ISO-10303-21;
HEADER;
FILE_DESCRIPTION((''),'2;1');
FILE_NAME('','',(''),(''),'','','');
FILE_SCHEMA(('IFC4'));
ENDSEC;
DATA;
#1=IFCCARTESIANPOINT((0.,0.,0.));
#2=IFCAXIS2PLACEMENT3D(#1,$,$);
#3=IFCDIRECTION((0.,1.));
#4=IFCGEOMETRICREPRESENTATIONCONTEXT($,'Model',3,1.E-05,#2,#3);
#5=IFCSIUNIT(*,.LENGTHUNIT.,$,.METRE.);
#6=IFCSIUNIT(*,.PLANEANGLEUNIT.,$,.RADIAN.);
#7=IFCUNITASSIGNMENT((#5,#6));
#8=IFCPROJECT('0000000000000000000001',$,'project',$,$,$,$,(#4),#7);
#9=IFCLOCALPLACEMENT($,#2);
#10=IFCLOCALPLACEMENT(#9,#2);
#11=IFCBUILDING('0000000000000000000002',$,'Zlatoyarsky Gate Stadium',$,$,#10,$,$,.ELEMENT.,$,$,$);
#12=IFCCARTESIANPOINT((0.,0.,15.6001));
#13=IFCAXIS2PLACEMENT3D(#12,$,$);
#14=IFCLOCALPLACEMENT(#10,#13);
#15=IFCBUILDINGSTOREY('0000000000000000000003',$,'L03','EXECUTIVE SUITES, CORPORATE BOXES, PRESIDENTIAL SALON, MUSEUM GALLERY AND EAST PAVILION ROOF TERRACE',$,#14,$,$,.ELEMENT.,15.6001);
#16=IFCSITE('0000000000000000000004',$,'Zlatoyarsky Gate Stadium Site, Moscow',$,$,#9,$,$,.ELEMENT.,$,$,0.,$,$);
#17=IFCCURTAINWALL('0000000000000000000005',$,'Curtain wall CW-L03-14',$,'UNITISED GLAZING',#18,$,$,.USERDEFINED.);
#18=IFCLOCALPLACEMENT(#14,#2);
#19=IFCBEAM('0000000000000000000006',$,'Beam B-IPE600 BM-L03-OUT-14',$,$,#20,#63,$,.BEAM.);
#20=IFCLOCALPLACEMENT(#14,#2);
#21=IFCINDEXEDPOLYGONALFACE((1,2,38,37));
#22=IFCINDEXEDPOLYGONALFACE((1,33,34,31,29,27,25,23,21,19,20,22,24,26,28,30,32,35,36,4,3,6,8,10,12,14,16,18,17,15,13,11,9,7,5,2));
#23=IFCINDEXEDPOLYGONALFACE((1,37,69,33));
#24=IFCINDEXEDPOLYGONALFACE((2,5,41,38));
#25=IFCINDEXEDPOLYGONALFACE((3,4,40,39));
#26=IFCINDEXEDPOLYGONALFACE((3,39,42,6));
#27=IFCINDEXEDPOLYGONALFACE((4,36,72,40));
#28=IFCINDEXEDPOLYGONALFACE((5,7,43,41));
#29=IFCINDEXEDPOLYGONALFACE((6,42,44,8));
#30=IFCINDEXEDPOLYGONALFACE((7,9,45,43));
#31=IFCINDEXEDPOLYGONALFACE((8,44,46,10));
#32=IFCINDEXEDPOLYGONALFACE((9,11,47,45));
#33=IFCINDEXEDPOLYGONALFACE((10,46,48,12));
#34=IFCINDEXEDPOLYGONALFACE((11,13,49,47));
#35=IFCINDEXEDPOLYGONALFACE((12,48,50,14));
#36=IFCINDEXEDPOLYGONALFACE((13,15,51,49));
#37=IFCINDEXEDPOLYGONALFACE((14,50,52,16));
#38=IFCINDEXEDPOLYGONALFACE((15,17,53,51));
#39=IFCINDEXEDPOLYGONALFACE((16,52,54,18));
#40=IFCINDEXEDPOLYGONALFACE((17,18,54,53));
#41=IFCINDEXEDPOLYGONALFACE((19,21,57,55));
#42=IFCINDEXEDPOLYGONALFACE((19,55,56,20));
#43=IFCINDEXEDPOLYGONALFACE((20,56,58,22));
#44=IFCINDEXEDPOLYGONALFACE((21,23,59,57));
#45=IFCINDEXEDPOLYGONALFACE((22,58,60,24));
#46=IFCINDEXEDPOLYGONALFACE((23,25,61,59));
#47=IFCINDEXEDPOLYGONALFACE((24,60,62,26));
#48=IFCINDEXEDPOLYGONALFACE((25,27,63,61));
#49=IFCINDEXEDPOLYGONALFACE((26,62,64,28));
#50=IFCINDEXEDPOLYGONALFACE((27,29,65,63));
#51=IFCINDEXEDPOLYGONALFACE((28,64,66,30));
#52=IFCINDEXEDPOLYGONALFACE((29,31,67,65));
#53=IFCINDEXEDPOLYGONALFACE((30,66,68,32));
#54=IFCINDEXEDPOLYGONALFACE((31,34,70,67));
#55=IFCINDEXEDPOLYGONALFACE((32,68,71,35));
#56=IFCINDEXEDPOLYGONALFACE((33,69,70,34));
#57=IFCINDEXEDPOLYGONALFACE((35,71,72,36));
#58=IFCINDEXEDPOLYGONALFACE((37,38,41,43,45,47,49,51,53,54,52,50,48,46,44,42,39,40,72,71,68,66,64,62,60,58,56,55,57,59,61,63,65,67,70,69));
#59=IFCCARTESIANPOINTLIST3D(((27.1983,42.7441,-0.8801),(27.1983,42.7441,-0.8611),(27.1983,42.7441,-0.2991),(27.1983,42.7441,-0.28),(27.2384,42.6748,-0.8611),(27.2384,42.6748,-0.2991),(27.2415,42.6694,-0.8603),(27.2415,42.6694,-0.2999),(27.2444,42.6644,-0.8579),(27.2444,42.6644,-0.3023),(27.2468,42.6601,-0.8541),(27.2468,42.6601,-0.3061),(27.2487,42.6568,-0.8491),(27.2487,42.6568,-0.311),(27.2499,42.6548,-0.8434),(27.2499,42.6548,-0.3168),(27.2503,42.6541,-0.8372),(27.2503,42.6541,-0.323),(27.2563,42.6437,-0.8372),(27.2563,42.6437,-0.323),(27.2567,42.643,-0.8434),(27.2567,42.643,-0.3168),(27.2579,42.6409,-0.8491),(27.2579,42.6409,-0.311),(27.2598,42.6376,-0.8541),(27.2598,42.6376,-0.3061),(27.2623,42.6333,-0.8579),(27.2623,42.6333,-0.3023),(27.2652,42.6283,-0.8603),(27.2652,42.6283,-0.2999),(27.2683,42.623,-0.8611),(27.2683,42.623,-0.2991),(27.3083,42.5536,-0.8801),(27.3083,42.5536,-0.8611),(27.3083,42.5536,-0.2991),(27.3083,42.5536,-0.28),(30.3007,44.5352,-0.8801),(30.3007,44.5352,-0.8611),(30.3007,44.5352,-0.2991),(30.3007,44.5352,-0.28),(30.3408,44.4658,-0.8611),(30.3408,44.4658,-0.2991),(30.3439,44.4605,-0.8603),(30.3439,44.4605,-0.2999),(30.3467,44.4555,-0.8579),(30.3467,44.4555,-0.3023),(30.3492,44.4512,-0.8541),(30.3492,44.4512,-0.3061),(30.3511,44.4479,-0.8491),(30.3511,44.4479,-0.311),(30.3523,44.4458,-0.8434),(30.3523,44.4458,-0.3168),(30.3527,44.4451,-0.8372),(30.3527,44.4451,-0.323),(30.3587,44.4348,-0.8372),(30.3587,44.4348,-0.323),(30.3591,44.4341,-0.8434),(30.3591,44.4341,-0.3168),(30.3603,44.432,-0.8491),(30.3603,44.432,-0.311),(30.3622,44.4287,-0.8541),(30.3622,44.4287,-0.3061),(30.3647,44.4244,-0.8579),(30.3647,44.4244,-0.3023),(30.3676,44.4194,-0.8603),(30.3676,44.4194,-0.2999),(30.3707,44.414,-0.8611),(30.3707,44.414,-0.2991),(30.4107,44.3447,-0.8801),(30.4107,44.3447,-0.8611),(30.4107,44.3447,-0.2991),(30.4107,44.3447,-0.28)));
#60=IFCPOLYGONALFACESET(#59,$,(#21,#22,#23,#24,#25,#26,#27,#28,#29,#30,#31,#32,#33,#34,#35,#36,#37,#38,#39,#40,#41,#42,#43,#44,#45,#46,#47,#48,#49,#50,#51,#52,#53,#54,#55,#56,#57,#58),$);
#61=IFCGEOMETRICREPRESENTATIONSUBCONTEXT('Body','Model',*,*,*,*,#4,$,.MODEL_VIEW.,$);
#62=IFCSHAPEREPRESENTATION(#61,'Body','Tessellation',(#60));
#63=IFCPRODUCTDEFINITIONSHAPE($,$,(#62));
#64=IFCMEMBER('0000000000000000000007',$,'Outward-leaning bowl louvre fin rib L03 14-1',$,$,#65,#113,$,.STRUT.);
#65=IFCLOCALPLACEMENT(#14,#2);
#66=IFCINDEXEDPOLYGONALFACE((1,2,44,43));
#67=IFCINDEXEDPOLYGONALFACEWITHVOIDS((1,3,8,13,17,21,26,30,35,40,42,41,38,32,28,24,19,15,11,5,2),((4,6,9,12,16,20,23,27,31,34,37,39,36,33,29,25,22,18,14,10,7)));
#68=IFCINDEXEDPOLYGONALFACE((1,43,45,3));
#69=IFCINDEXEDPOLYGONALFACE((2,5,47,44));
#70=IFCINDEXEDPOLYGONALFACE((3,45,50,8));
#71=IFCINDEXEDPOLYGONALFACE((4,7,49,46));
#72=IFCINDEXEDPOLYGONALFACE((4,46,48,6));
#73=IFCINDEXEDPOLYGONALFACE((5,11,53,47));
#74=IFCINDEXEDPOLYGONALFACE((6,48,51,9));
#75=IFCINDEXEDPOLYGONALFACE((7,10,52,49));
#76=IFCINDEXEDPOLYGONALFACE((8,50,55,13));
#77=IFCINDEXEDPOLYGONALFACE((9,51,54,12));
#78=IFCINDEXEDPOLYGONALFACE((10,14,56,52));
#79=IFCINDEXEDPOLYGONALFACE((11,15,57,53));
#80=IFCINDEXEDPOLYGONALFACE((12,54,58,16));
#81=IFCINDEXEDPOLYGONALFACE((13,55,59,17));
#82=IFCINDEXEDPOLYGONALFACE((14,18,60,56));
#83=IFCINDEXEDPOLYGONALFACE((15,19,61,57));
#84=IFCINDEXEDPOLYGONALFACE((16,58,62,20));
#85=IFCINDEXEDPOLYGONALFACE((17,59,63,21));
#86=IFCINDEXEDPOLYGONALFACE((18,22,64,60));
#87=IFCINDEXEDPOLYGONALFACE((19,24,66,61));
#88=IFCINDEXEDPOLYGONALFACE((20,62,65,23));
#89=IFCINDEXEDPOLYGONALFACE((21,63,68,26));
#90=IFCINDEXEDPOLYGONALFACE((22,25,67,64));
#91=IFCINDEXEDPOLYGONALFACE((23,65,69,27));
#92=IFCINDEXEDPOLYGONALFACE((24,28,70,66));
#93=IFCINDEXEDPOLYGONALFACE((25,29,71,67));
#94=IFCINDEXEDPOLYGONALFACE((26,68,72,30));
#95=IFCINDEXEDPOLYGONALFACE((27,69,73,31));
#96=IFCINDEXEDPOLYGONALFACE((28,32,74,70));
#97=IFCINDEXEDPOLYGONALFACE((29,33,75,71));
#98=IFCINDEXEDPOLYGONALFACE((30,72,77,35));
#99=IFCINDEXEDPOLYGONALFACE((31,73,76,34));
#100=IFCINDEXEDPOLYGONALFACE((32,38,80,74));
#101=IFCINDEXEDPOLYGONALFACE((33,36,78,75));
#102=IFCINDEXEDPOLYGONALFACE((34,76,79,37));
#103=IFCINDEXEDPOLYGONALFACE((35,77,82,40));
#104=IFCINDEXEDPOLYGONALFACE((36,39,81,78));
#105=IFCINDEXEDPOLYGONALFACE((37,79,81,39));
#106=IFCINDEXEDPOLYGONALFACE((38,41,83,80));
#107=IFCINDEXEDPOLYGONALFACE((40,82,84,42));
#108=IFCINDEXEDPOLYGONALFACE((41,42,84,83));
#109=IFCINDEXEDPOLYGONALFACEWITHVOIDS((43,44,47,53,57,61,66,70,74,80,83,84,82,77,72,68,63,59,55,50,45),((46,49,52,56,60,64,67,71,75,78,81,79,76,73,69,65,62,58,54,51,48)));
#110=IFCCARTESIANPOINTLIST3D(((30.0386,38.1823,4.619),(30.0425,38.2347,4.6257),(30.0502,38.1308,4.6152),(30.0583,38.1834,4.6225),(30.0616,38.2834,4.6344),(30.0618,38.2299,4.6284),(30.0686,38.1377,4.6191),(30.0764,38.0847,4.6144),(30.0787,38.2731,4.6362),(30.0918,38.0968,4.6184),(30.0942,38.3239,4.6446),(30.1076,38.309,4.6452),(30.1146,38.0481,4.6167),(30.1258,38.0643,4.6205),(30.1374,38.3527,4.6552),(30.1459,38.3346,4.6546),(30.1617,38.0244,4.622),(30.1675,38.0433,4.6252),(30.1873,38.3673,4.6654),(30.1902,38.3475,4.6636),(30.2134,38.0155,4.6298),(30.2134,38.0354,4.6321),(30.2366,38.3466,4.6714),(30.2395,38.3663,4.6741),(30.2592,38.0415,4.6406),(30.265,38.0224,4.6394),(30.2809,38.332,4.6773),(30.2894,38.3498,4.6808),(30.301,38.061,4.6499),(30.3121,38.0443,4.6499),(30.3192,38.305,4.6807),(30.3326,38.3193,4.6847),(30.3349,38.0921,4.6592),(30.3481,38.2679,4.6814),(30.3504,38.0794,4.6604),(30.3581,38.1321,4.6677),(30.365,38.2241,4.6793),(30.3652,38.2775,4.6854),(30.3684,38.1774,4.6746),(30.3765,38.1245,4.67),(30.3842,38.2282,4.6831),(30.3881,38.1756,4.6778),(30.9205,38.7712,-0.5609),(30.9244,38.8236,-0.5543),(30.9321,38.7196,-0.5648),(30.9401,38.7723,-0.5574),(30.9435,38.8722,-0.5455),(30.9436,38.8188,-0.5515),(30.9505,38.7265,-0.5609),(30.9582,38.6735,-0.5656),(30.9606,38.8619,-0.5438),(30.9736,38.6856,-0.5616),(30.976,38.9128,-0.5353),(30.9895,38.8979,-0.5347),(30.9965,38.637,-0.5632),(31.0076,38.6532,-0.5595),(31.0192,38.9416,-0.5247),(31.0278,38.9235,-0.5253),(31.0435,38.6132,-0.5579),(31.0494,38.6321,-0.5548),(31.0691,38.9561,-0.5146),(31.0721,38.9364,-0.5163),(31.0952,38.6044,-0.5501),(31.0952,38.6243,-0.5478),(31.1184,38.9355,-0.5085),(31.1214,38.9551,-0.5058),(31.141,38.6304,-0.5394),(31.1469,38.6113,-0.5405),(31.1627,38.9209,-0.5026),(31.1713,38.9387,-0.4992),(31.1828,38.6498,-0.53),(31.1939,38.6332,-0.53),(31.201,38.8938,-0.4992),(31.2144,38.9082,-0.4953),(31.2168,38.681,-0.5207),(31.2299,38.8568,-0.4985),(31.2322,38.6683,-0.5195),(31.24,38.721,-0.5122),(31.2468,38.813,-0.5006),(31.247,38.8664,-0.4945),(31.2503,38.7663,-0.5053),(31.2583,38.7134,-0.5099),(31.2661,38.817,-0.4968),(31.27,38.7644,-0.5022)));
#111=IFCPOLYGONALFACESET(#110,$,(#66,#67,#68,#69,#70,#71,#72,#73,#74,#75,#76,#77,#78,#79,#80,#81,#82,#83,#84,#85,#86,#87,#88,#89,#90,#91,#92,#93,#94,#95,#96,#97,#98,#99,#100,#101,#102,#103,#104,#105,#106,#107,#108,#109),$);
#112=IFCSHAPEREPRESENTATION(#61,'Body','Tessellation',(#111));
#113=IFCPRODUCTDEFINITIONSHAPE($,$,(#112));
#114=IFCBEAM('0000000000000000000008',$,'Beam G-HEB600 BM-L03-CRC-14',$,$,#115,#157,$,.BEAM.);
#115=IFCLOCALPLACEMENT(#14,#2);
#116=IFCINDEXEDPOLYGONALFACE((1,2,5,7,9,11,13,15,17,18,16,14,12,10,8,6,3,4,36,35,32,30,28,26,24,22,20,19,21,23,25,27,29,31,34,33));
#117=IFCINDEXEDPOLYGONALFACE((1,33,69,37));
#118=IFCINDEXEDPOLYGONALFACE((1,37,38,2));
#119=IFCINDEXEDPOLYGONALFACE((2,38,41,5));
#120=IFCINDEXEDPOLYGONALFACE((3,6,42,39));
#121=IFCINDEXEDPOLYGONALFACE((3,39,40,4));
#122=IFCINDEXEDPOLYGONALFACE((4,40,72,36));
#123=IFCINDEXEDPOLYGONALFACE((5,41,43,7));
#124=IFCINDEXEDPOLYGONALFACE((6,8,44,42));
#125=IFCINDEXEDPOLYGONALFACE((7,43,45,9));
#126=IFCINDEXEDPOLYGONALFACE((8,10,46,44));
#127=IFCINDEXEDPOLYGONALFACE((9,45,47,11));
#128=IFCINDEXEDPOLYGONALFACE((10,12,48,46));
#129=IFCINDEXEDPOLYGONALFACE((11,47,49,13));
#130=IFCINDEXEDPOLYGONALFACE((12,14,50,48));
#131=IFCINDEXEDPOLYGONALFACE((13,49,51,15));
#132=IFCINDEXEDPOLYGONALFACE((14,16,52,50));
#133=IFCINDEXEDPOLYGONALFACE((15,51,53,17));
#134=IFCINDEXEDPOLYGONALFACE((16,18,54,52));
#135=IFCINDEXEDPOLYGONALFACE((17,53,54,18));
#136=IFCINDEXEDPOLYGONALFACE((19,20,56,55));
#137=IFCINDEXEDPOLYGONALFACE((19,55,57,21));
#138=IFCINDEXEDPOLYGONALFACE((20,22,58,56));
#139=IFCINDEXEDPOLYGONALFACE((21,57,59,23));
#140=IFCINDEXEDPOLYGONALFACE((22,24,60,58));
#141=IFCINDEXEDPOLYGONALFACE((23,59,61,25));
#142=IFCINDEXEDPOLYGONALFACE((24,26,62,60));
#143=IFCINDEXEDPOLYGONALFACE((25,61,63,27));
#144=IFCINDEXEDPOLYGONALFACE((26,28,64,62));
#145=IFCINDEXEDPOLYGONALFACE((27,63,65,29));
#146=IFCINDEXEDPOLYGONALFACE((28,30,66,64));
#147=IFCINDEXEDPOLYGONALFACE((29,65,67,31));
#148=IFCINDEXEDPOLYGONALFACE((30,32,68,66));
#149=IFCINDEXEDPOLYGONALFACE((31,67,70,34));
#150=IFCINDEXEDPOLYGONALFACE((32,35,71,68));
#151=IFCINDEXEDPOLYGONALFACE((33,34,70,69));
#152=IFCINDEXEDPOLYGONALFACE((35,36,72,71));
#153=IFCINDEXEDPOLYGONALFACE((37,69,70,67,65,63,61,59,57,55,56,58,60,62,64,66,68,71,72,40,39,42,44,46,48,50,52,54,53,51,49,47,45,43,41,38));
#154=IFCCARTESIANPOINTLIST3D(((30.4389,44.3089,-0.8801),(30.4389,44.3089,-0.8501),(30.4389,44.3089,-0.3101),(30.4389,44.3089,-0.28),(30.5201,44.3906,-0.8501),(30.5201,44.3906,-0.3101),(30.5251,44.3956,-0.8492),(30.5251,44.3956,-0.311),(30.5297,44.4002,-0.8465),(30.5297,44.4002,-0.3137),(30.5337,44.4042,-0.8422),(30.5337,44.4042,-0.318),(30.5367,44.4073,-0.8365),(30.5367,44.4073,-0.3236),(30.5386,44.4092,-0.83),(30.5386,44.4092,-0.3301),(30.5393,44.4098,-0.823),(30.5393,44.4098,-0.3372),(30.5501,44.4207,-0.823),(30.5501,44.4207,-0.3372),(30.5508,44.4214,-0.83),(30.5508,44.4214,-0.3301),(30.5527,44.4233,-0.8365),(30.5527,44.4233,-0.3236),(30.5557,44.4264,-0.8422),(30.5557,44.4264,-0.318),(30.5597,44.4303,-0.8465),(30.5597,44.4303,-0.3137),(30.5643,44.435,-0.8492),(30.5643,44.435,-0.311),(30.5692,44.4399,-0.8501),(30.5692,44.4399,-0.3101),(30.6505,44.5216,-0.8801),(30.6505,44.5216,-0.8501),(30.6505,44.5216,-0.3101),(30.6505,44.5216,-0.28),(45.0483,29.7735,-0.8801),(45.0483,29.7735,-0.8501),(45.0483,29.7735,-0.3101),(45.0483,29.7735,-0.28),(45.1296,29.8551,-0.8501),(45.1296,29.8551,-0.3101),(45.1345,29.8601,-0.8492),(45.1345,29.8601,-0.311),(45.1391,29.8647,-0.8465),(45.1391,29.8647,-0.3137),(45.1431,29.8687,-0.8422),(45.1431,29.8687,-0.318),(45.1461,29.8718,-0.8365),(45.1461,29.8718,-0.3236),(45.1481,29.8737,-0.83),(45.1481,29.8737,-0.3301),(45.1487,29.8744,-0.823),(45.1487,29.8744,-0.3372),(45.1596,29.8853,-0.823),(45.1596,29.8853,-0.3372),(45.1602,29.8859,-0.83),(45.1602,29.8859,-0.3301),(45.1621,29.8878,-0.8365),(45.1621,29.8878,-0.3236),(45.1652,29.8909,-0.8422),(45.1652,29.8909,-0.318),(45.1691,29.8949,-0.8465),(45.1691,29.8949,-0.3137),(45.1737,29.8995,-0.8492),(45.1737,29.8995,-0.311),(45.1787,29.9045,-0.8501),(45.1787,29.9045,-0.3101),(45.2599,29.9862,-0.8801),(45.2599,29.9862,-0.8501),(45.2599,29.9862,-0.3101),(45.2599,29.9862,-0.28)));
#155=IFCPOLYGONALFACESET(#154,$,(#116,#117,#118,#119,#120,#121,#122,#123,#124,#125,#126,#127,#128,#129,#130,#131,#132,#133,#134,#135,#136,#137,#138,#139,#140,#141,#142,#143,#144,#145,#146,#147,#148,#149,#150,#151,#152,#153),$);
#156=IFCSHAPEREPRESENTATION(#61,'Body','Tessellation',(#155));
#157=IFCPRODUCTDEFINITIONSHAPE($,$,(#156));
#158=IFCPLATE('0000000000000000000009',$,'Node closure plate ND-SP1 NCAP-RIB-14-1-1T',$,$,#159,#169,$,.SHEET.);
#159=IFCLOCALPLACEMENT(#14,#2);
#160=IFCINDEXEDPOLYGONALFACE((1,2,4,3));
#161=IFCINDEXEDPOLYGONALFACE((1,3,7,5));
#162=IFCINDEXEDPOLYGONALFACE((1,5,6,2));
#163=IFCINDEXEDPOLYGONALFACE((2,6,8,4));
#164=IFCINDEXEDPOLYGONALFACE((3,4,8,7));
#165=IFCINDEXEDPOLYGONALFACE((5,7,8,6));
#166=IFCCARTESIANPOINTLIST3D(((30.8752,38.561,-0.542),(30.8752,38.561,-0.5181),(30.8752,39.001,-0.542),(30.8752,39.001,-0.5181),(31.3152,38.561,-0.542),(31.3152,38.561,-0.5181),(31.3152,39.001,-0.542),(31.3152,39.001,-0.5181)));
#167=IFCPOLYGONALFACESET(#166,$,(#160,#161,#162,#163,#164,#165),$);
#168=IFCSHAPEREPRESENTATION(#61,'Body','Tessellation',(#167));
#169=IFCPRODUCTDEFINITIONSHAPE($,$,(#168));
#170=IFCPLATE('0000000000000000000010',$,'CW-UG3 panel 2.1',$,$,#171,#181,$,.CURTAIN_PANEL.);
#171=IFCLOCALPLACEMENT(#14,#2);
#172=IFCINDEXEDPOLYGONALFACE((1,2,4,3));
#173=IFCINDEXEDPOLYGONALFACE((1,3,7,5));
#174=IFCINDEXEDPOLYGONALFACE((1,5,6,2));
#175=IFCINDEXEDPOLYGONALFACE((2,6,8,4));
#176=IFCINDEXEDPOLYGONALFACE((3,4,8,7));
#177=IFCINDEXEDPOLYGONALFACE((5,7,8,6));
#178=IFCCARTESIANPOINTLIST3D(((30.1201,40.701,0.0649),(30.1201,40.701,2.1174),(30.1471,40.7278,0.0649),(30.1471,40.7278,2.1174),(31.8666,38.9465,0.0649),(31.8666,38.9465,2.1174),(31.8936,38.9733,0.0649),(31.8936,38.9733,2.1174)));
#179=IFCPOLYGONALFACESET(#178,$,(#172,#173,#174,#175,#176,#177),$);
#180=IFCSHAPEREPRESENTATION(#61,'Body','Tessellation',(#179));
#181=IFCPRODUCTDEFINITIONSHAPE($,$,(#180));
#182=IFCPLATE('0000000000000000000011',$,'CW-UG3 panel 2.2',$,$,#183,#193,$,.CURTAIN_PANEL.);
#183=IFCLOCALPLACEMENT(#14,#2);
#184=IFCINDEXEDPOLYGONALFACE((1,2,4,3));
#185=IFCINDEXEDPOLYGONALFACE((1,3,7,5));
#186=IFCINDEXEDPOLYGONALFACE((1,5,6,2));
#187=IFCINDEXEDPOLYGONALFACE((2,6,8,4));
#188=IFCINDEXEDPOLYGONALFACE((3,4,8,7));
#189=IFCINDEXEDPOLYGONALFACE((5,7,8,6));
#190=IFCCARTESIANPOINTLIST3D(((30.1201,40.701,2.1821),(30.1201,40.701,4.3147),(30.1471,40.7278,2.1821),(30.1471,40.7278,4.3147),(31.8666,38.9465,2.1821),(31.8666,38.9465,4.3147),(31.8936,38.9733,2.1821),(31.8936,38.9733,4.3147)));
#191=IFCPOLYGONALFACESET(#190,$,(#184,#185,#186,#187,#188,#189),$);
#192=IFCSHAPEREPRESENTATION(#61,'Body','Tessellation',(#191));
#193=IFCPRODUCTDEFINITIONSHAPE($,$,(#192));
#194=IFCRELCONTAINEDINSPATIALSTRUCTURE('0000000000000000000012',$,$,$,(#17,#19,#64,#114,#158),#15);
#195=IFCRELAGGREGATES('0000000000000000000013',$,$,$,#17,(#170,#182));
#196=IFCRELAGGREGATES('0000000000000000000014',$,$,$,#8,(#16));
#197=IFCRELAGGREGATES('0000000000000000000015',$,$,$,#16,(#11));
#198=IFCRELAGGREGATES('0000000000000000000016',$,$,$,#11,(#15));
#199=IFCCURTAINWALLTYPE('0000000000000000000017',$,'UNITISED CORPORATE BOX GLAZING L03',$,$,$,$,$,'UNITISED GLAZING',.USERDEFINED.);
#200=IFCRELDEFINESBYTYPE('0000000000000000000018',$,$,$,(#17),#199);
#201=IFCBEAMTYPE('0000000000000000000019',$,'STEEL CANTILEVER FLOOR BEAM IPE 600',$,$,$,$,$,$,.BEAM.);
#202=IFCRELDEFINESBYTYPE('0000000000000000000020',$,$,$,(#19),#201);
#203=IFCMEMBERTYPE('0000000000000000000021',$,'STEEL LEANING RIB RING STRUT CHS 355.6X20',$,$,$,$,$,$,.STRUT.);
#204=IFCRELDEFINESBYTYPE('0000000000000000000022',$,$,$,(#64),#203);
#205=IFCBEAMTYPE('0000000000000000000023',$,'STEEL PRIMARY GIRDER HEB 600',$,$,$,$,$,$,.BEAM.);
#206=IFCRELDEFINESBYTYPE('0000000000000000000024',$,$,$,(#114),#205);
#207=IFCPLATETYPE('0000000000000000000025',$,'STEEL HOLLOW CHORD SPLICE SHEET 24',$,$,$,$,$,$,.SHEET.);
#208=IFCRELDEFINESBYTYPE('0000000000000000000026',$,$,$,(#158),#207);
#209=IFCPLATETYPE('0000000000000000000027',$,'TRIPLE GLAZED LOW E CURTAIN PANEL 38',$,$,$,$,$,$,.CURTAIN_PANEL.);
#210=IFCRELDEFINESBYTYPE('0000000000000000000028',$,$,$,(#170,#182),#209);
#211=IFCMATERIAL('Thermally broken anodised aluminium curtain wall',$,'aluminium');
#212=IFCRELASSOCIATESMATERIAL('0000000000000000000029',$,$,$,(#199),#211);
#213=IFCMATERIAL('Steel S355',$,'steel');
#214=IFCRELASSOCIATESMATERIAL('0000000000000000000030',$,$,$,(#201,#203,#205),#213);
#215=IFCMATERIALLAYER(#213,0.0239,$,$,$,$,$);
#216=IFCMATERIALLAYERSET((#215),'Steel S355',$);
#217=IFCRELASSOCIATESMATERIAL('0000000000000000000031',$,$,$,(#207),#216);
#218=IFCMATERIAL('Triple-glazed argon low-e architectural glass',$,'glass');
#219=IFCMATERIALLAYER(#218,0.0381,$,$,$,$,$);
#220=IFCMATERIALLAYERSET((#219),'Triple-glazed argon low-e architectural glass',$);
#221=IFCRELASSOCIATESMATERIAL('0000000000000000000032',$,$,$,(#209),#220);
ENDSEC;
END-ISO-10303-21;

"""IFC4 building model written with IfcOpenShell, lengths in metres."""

from ifc_helpers import new_model, si_unit, direction, frame, origin, origin_2d, place, context, subcontext, project, spatial, rectangle, hollow_circle, i_section, extrude, material, layer, layer_set, material_profile, profile_set, type_object, element, aggregate, save


model = new_model("IFC4")

# Units and contexts
model_context = context("Model", 3, precision=1e-05, world=origin(), true_north=direction((0.0, 1.0)))
body_context = subcontext(model_context, "Body", "Model", "MODEL_VIEW")
ifc_project = project(units=[si_unit("LENGTHUNIT", "METRE"), si_unit("PLANEANGLEUNIT", "RADIAN")], contexts=[model_context])

# Site, building, storey
site_placement = place(None, origin())
site = spatial("IfcSite", under=ifc_project, at=site_placement, Name="Zlatoyarsky Gate Stadium Site, Moscow", CompositionType="ELEMENT", RefElevation=0.0)
building_placement = place(site_placement, origin())
building = spatial("IfcBuilding", under=site, at=building_placement, Name="Zlatoyarsky Gate Stadium", CompositionType="ELEMENT")
storey_placement = place(building_placement, frame((0.0, 0.0, 15.6001)))
storey = spatial("IfcBuildingStorey", under=building, at=storey_placement, Name="L03", Description="EXECUTIVE SUITES, CORPORATE BOXES, PRESIDENTIAL SALON, MUSEUM GALLERY AND EAST PAVILION ROOF TERRACE", CompositionType="ELEMENT", Elevation=15.6001)

# Shared definitions
ifc_material_1 = material(Name="Steel S355", Category="steel")

# Curtain wall
ifc_material_2 = material(Name="Thermally broken anodised aluminium curtain wall", Category="aluminium")
curtain_wall_type = type_object("IfcCurtainWallType", Name="UNITISED CORPORATE BOX GLAZING L03", ElementType="UNITISED GLAZING", PredefinedType="USERDEFINED", material=ifc_material_2)
curtain_wall_placement = place(storey_placement, origin())
curtain_wall = element("IfcCurtainWall", 1, at=curtain_wall_placement, inside=storey, type_object=curtain_wall_type, Name="Curtain wall CW-L03-14", ObjectType="UNITISED GLAZING", PredefinedType="USERDEFINED")

# Beam
ifc_material_profile_1 = material_profile(ifc_material_1, i_section(OverallWidth=0.22, OverallDepth=0.6001, WebThickness=0.012, FlangeThickness=0.019, FilletRadius=0.0239, at=origin_2d()), Name="IPE 600")
ifc_profile_set_1 = profile_set([ifc_material_profile_1], Name="Steel S355")
beam_type_1 = type_object("IfcBeamType", Name="STEEL CANTILEVER FLOOR BEAM IPE 600", PredefinedType="BEAM", material=ifc_profile_set_1)
beam_1_placement = place(storey_placement, frame((30.3557, 44.4399, -0.5801), z_axis=(-0.866037, -0.49998, 0.0), x_axis=(0.49998, -0.866037, 0.0)))
element("IfcBeam", 2, at=beam_1_placement, inside=storey, type_object=beam_type_1, Name="Beam B-IPE600 BM-L03-OUT-14", PredefinedType="BEAM", context=body_context, shape_type="SweptSolid", body=[
    extrude(i_section(OverallWidth=0.22, OverallDepth=0.6001, WebThickness=0.012, FlangeThickness=0.019, FilletRadius=0.0239, at=origin_2d()), origin(), (0.0, 0.0, 1.0), 3.5823),
])

# Member
ifc_material_profile_2 = material_profile(ifc_material_1, hollow_circle(Radius=0.1777, WallThickness=0.02, at=origin_2d()), Name="CHS 355.6X20")
ifc_profile_set_2 = profile_set([ifc_material_profile_2], Name="Steel S355")
member_type_1 = type_object("IfcMemberType", Name="STEEL LEANING RIB RING STRUT CHS 355.6X20", PredefinedType="STRUT", material=ifc_profile_set_2)
member_1_placement = place(storey_placement, frame((31.0952, 38.781, -0.53), z_axis=(-0.166782, -0.111373, 0.979684), x_axis=(0.555338, -0.831625, 0.0)))
element("IfcMember", 3, at=member_1_placement, inside=storey, type_object=member_type_1, Name="Outward-leaning bowl louvre fin rib L03 14-1", PredefinedType="STRUT", context=body_context, shape_type="SweptSolid", body=[
    extrude(hollow_circle(Radius=0.1777, WallThickness=0.02, at=origin_2d()), origin(), (0.0, 0.0, 1.0), 5.2874),
])

# Beam
ifc_material_profile_3 = material_profile(ifc_material_1, i_section(OverallWidth=0.3, OverallDepth=0.6001, WebThickness=0.0154, FlangeThickness=0.03, FilletRadius=0.0271, at=origin_2d()), Name="HEB 600")
ifc_profile_set_3 = profile_set([ifc_material_profile_3], Name="Steel S355")
beam_type_2 = type_object("IfcBeamType", Name="STEEL PRIMARY GIRDER HEB 600", PredefinedType="BEAM", material=ifc_profile_set_3)
beam_2_placement = place(storey_placement, frame((30.5447, 44.4153, -0.5801), z_axis=(0.708899, -0.70531, 0.0), x_axis=(0.70531, 0.708899, 0.0)))
element("IfcBeam", 4, at=beam_2_placement, inside=storey, type_object=beam_type_2, Name="Beam G-HEB600 BM-L03-CRC-14", PredefinedType="BEAM", context=body_context, shape_type="SweptSolid", body=[
    extrude(i_section(OverallWidth=0.3, OverallDepth=0.6001, WebThickness=0.0154, FlangeThickness=0.03, FilletRadius=0.0271, at=origin_2d()), origin(), (0.0, 0.0, 1.0), 20.6086),
])

# Plates
ifc_layer_1 = layer(ifc_material_1, 0.0239)
ifc_layer_set_1 = layer_set([ifc_layer_1], Name="Steel S355")
plate_type_1 = type_object("IfcPlateType", Name="STEEL HOLLOW CHORD SPLICE SHEET 24", PredefinedType="SHEET", material=ifc_layer_set_1)
plate_1_placement = place(storey_placement, frame((31.0952, 38.781, -0.542), z_axis=(0.0, 0.0, 1.0), x_axis=(1.0, 0.0, 0.0)))
element("IfcPlate", 5, at=plate_1_placement, inside=storey, type_object=plate_type_1, Name="Node closure plate ND-SP1 NCAP-RIB-14-1-1T", PredefinedType="SHEET", context=body_context, shape_type="SweptSolid", body=[
    extrude(rectangle(XDim=0.4399, YDim=0.4399, at=origin_2d()), origin(), (0.0, 0.0, 1.0), 0.0239),
])
ifc_material_3 = material(Name="Triple-glazed argon low-e architectural glass", Category="glass")
ifc_layer_2 = layer(ifc_material_3, 0.0381)
ifc_layer_set_2 = layer_set([ifc_layer_2], Name="Triple-glazed argon low-e architectural glass")
plate_type_2 = type_object("IfcPlateType", Name="TRIPLE GLAZED LOW E CURTAIN PANEL 38", PredefinedType="CURTAIN_PANEL", material=ifc_layer_set_2)
plate_2_placement = place(storey_placement, frame((31.0068, 39.8372, 0.0649), z_axis=(0.0, 0.0, 1.0), x_axis=(0.705489, -0.708721, 0.0)))
plate_2 = element("IfcPlate", 6, at=plate_2_placement, type_object=plate_type_2, Name="CW-UG3 panel 2.1", PredefinedType="CURTAIN_PANEL", context=body_context, shape_type="SweptSolid", body=[
    extrude(rectangle(XDim=2.4756, YDim=0.0381, at=origin_2d()), origin(), (0.0, 0.0, 1.0), 2.0525),
])
plate_3_placement = place(storey_placement, frame((31.0068, 39.8372, 2.1821), z_axis=(0.0, 0.0, 1.0), x_axis=(0.705489, -0.708721, 0.0)))
plate_3 = element("IfcPlate", 7, at=plate_3_placement, type_object=plate_type_2, Name="CW-UG3 panel 2.2", PredefinedType="CURTAIN_PANEL", context=body_context, shape_type="SweptSolid", body=[
    extrude(rectangle(XDim=2.4756, YDim=0.0381, at=origin_2d()), origin(), (0.0, 0.0, 1.0), 2.1326),
])
aggregate(curtain_wall, [plate_2, plate_3])

save(model, "model.ifc")
